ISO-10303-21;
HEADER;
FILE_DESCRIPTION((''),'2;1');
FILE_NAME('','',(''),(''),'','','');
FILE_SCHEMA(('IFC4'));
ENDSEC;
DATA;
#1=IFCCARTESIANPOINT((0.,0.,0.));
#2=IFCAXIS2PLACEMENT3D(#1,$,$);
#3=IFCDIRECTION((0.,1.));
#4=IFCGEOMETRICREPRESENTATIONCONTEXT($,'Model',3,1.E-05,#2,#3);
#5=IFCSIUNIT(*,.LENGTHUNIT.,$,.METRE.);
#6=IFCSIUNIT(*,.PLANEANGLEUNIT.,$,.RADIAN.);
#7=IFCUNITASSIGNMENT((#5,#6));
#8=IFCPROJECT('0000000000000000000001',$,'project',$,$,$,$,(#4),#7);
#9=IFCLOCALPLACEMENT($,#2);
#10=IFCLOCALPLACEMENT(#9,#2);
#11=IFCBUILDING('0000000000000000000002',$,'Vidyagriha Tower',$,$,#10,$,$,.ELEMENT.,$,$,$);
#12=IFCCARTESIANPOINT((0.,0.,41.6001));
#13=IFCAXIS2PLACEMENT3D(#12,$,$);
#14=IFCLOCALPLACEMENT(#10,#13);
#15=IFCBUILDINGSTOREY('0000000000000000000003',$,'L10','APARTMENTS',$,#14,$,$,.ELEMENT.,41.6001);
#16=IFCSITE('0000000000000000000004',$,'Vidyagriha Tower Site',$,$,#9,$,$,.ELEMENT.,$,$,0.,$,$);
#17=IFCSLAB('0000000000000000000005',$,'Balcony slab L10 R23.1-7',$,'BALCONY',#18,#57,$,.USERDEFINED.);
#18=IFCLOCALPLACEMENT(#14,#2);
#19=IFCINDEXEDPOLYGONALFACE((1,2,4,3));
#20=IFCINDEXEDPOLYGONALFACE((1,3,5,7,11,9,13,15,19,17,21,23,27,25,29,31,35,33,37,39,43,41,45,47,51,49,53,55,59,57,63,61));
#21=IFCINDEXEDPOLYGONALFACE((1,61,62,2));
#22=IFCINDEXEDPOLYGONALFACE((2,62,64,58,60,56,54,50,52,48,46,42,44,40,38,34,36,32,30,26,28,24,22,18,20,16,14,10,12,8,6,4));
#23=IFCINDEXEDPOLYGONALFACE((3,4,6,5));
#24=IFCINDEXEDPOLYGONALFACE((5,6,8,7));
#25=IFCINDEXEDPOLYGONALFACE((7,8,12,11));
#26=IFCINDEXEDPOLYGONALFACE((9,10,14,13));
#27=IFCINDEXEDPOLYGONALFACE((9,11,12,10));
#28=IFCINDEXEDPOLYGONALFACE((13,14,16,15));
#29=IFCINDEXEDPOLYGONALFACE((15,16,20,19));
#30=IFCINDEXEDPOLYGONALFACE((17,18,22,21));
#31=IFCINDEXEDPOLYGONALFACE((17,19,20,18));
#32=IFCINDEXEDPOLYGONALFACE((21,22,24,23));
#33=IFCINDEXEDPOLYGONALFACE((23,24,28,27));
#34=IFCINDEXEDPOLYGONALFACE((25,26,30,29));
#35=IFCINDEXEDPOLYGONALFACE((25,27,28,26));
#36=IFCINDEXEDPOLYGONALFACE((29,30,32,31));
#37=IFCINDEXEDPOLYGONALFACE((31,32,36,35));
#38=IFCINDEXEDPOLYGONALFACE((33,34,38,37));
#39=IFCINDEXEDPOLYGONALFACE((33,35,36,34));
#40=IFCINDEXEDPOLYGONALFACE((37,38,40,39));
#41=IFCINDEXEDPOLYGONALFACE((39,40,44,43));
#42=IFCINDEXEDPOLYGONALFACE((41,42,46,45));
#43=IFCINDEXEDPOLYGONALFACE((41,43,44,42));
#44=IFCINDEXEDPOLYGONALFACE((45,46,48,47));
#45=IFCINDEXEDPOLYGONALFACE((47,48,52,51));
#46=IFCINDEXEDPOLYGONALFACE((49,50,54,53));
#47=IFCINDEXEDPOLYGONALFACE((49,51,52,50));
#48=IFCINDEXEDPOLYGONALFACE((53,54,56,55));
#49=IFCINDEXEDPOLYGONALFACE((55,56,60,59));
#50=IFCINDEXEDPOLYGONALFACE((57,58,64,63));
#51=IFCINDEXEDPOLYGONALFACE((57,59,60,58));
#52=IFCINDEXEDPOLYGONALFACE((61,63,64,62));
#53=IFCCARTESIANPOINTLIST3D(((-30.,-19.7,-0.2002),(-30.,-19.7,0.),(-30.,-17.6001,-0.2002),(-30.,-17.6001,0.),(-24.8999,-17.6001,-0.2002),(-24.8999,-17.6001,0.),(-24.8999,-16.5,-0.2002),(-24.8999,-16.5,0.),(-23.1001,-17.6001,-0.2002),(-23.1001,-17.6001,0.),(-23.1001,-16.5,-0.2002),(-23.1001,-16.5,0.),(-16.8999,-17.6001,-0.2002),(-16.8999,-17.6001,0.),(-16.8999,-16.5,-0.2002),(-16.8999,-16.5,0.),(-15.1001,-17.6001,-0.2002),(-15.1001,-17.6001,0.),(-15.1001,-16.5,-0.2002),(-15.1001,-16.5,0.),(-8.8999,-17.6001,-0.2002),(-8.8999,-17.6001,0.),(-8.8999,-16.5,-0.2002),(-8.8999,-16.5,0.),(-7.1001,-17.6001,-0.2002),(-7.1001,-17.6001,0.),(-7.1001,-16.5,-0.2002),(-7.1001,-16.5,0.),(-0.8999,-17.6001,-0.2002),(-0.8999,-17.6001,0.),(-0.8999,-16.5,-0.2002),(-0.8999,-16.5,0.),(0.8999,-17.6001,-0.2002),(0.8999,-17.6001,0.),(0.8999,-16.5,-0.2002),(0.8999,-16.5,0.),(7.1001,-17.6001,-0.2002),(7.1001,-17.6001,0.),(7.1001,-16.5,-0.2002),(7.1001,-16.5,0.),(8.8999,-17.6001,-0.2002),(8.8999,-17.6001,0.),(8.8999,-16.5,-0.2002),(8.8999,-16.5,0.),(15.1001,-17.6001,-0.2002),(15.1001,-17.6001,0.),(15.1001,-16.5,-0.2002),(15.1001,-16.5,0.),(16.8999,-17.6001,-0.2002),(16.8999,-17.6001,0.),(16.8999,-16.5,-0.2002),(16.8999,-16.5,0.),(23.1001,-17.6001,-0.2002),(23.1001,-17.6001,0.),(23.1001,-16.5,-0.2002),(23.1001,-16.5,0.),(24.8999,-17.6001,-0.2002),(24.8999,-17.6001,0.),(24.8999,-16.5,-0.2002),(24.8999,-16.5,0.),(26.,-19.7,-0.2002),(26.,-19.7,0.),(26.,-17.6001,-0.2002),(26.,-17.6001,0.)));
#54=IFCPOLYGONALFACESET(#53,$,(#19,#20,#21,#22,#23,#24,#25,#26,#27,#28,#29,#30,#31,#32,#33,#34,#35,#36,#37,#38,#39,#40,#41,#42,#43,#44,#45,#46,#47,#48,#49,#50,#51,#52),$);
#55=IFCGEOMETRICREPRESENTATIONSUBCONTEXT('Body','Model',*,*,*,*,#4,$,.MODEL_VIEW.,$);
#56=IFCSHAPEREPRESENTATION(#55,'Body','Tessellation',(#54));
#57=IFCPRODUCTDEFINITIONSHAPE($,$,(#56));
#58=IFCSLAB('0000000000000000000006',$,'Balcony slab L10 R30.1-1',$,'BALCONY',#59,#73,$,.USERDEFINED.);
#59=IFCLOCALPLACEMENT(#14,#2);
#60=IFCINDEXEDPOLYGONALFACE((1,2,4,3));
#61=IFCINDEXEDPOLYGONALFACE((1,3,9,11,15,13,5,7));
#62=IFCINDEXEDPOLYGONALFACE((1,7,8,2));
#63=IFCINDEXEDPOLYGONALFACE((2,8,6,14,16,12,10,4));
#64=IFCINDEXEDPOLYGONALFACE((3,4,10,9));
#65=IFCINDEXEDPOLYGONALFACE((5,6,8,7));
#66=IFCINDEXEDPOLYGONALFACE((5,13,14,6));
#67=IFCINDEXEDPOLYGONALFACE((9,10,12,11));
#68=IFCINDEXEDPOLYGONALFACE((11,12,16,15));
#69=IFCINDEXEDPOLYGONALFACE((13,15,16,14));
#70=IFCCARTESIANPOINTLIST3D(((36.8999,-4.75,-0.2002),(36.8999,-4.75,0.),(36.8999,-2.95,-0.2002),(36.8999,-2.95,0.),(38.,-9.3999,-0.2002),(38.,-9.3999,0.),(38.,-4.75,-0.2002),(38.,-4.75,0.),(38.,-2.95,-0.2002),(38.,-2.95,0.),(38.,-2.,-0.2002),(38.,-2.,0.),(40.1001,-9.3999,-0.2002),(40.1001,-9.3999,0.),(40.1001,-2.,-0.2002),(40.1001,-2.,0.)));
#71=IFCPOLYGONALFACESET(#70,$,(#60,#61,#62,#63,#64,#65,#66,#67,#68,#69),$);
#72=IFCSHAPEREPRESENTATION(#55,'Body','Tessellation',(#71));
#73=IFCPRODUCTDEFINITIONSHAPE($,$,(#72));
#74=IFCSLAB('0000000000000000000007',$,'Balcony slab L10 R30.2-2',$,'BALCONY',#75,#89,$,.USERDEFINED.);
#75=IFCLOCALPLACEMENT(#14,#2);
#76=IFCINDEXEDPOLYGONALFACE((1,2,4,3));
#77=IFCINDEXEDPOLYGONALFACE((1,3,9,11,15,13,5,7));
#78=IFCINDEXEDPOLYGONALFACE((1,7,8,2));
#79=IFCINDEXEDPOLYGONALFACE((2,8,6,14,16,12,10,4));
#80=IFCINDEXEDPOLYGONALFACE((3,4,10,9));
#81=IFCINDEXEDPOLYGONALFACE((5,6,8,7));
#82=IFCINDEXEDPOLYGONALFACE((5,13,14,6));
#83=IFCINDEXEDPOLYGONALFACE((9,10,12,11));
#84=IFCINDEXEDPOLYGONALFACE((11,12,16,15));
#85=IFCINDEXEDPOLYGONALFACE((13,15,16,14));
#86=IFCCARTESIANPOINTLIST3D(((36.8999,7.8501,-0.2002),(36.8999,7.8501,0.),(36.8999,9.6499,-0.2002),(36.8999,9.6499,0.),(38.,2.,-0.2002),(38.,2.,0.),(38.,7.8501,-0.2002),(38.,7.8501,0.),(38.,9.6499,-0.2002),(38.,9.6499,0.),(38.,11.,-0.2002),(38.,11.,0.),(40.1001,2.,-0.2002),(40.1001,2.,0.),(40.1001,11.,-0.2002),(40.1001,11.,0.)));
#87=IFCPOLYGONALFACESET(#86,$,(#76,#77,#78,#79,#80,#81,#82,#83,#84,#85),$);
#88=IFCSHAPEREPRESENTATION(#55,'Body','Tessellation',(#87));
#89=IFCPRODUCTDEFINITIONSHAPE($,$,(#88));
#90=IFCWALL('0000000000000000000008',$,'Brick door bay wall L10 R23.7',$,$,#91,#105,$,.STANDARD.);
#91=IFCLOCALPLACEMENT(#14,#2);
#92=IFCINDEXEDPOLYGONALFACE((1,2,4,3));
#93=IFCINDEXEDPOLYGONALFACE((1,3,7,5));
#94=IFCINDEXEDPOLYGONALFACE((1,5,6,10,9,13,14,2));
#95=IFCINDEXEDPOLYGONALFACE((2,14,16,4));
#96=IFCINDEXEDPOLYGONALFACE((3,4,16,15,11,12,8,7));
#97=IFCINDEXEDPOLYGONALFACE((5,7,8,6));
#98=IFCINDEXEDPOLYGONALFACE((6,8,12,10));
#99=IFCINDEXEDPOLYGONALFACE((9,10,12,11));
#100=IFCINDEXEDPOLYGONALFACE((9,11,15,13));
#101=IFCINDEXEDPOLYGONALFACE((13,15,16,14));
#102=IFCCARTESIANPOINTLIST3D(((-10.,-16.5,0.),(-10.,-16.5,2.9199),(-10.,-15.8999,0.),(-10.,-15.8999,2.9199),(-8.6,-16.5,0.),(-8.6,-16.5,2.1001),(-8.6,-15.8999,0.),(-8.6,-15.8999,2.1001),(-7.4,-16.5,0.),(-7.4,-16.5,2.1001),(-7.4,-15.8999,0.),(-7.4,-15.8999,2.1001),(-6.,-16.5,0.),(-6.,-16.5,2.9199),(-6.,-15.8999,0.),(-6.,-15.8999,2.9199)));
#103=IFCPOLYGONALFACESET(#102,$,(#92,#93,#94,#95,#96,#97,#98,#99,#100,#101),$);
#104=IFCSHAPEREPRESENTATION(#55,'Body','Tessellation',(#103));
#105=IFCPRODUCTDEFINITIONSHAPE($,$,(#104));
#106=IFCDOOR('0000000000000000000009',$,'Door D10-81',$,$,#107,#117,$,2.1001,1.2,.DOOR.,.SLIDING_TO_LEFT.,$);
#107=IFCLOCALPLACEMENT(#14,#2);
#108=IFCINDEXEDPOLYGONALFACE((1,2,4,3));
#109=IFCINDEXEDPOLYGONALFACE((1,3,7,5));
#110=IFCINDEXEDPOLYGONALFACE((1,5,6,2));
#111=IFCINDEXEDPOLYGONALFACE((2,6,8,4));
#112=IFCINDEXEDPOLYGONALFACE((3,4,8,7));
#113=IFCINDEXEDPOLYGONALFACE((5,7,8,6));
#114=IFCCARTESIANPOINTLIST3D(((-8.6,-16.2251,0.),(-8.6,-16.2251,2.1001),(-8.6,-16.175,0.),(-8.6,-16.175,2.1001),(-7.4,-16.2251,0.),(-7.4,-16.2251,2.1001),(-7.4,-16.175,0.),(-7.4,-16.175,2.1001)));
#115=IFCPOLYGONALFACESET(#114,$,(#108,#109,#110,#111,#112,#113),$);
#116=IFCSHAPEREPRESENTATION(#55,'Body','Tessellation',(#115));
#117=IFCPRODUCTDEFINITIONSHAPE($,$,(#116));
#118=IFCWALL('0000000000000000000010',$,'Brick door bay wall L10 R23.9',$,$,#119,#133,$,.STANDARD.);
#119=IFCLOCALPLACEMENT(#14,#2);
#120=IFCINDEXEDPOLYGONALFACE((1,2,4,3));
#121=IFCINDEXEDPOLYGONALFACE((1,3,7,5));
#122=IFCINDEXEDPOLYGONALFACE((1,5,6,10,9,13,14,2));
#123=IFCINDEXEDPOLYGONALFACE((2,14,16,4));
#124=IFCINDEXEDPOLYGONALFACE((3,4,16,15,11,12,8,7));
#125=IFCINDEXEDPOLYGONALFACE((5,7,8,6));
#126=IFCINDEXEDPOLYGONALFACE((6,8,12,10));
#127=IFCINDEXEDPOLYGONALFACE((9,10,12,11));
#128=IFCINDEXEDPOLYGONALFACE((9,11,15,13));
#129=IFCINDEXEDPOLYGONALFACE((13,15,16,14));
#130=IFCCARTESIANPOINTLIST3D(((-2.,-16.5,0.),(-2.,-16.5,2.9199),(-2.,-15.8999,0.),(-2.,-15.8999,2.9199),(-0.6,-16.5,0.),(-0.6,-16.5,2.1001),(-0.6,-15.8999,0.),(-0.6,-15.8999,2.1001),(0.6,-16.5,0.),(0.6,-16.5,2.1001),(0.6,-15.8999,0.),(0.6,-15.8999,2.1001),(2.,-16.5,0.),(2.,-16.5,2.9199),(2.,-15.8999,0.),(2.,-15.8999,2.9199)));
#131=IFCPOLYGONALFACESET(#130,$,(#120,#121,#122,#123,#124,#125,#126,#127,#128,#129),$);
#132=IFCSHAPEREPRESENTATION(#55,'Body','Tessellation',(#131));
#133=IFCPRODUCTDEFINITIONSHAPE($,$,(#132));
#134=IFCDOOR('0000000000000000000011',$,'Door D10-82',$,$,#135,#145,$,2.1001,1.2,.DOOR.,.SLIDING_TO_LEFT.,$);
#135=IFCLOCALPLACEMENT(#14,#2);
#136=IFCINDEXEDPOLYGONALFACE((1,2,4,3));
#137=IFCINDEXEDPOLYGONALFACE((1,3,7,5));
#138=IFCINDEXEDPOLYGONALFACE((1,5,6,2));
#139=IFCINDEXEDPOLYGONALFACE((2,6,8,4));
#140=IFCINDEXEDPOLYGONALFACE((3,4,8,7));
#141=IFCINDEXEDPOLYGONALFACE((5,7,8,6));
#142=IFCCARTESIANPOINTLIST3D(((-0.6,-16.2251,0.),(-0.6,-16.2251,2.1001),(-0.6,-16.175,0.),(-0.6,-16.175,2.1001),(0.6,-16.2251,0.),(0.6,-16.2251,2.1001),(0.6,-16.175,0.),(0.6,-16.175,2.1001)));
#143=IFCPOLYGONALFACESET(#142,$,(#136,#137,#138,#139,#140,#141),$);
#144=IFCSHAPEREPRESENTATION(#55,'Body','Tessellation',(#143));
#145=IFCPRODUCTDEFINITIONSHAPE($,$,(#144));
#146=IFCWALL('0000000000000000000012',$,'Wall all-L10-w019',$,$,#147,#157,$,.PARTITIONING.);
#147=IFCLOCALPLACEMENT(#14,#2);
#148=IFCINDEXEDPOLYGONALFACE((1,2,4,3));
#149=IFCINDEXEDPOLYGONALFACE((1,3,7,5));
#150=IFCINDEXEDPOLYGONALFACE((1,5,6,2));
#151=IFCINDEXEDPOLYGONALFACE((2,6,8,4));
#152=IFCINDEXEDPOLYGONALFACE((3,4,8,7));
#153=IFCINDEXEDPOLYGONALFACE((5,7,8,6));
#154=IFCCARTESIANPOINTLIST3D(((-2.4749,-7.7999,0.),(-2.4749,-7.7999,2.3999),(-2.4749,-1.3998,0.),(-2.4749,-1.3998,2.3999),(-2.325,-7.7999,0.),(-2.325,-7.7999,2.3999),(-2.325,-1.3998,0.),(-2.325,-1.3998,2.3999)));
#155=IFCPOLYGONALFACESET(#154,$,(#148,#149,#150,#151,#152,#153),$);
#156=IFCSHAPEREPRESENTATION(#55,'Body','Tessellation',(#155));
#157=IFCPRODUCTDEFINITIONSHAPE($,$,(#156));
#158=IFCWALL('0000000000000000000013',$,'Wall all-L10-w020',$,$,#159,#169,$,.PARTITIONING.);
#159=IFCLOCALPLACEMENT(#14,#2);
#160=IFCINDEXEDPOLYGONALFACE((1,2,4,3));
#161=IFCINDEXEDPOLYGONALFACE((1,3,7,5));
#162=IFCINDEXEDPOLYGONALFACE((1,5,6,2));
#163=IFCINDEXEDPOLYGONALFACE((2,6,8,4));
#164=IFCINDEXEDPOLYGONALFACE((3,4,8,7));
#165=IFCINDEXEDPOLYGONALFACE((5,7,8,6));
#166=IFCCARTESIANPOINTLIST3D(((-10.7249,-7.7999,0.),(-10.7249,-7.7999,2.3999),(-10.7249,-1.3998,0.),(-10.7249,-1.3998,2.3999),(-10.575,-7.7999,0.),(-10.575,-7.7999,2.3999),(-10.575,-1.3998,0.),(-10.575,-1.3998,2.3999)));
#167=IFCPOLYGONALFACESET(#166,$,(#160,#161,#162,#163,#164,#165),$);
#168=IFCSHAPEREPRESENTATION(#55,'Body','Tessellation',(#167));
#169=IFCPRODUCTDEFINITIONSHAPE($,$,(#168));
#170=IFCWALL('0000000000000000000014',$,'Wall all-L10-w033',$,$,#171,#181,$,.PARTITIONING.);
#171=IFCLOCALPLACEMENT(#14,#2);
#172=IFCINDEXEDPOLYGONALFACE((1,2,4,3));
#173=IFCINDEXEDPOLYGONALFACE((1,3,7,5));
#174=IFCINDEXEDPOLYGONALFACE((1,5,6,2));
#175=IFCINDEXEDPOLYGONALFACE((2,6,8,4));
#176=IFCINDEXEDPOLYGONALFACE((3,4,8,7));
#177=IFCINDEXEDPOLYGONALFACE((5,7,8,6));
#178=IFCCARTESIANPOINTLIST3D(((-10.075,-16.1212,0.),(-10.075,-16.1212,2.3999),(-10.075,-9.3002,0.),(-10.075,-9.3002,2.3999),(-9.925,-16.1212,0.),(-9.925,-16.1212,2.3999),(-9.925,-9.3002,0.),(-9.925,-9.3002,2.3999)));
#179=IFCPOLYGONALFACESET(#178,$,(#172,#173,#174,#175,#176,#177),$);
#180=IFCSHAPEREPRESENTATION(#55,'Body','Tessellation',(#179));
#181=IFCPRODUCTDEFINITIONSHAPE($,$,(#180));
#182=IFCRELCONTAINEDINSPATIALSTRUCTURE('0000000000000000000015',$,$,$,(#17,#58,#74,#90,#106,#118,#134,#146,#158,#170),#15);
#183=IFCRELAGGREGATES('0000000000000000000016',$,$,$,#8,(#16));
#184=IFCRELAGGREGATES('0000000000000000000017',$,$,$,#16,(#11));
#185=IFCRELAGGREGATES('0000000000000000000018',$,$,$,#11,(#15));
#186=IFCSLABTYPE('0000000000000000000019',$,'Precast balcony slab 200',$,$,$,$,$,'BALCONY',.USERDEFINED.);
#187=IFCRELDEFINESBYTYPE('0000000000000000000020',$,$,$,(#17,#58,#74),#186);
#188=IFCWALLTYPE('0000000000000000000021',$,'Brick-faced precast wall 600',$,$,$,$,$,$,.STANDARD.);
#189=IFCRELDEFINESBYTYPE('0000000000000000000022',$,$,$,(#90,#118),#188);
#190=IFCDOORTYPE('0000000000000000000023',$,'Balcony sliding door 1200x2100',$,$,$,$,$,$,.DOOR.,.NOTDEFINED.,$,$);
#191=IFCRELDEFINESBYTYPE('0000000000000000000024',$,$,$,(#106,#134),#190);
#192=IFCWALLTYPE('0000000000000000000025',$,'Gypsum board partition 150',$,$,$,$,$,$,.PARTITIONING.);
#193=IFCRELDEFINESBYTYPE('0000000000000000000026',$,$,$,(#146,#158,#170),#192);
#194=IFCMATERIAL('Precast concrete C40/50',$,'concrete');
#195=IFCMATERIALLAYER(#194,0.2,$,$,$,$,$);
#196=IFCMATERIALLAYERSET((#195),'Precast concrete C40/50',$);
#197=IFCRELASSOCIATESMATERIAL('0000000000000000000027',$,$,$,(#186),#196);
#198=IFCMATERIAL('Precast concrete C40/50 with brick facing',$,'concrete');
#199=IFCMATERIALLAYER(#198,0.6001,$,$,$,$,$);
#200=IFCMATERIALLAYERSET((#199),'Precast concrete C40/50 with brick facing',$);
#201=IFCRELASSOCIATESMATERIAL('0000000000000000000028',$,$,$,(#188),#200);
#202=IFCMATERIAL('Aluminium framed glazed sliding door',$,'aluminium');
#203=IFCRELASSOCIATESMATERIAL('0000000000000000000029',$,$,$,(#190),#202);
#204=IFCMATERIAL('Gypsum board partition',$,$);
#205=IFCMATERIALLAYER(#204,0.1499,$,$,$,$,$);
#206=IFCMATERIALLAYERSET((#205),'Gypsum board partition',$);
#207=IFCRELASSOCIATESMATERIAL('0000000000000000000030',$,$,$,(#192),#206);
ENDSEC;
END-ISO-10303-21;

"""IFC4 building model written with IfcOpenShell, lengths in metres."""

from ifc_helpers import new_model, si_unit, direction, frame, frame_2d, origin, place, context, subcontext, project, spatial, polyline, rectangle, outline, extrude, material, layer, layer_set, type_object, element, fill, save


model = new_model("IFC4")

# Units and contexts
model_context = context("Model", 3, precision=1e-05, world=origin(), true_north=direction((0.0, 1.0)))
body_context = subcontext(model_context, "Body", "Model", "MODEL_VIEW")
ifc_project = project(units=[si_unit("LENGTHUNIT", "METRE"), si_unit("PLANEANGLEUNIT", "RADIAN")], contexts=[model_context])

# Site, building, storey
site_placement = place(None, origin())
site = spatial("IfcSite", under=ifc_project, at=site_placement, Name="Vidyagriha Tower Site", CompositionType="ELEMENT", RefElevation=0.0)
building_placement = place(site_placement, origin())
building = spatial("IfcBuilding", under=site, at=building_placement, Name="Vidyagriha Tower", CompositionType="ELEMENT")
storey_placement = place(building_placement, frame((0.0, 0.0, 41.6001)))
storey = spatial("IfcBuildingStorey", under=building, at=storey_placement, Name="L10", Description="APARTMENTS", CompositionType="ELEMENT", Elevation=41.6001)

# Slabs
ifc_material_1 = material(Name="Precast concrete C40/50", Category="concrete")
ifc_layer_1 = layer(ifc_material_1, 0.2)
ifc_layer_set_1 = layer_set([ifc_layer_1], Name="Precast concrete C40/50")
slab_type_1 = type_object("IfcSlabType", Name="Precast balcony slab 200", ElementType="BALCONY", PredefinedType="USERDEFINED", material=ifc_layer_set_1)
slab_1_placement = place(storey_placement, frame((0.0, 0.0, -0.2002)))
element("IfcSlab", 1, at=slab_1_placement, inside=storey, type_object=slab_type_1, Name="Balcony slab L10 R23.1-7", ObjectType="BALCONY", PredefinedType="USERDEFINED", context=body_context, shape_type="SweptSolid", body=[
    extrude(outline(polyline([(-23.1001, -16.5), (-24.8999, -16.5), (-24.8999, -17.6001), (-30.0, -17.6001), (-30.0, -19.7), (26.0, -19.7), (26.0, -17.6001), (24.8999, -17.6001), (24.8999, -16.5), (23.1001, -16.5), (23.1001, -17.6001), (16.8999, -17.6001), (16.8999, -16.5), (15.1001, -16.5), (15.1001, -17.6001), (8.8999, -17.6001), (8.8999, -16.5), (7.1001, -16.5), (7.1001, -17.6001), (0.8999, -17.6001), (0.8999, -16.5), (-0.8999, -16.5), (-0.8999, -17.6001), (-7.1001, -17.6001), (-7.1001, -16.5), (-8.8999, -16.5), (-8.8999, -17.6001), (-15.1001, -17.6001), (-15.1001, -16.5), (-16.8999, -16.5), (-16.8999, -17.6001), (-23.1001, -17.6001), (-23.1001, -16.5)])), origin(), (0.0, 0.0, 1.0), 0.2002),
])
slab_2_placement = place(storey_placement, frame((0.0, 0.0, -0.2002)))
element("IfcSlab", 2, at=slab_2_placement, inside=storey, type_object=slab_type_1, Name="Balcony slab L10 R30.1-1", ObjectType="BALCONY", PredefinedType="USERDEFINED", context=body_context, shape_type="SweptSolid", body=[
    extrude(outline(polyline([(38.0, -4.75), (38.0, -9.3999), (40.1001, -9.3999), (40.1001, -2.0), (38.0, -2.0), (38.0, -2.95), (36.8999, -2.95), (36.8999, -4.75), (38.0, -4.75)])), origin(), (0.0, 0.0, 1.0), 0.2002),
])
slab_3_placement = place(storey_placement, frame((0.0, 0.0, -0.2002)))
element("IfcSlab", 3, at=slab_3_placement, inside=storey, type_object=slab_type_1, Name="Balcony slab L10 R30.2-2", ObjectType="BALCONY", PredefinedType="USERDEFINED", context=body_context, shape_type="SweptSolid", body=[
    extrude(outline(polyline([(38.0, 7.8501), (38.0, 2.0), (40.1001, 2.0), (40.1001, 11.0), (38.0, 11.0), (38.0, 9.6499), (36.8999, 9.6499), (36.8999, 7.8501), (38.0, 7.8501)])), origin(), (0.0, 0.0, 1.0), 0.2002),
])

# Walls, openings, doors
ifc_material_2 = material(Name="Precast concrete C40/50 with brick facing", Category="concrete")
ifc_layer_2 = layer(ifc_material_2, 0.6001)
ifc_layer_set_2 = layer_set([ifc_layer_2], Name="Precast concrete C40/50 with brick facing")
wall_type_1 = type_object("IfcWallType", Name="Brick-faced precast wall 600", PredefinedType="STANDARD", material=ifc_layer_set_2)
wall_1_placement = place(storey_placement, frame((-10.0, -16.2, 0.0)))
wall_1 = element("IfcWall", 4, at=wall_1_placement, inside=storey, type_object=wall_type_1, Name="Brick door bay wall L10 R23.7", PredefinedType="STANDARD", context=body_context, shape_type="SweptSolid", body=[
    extrude(rectangle(XDim=4.0, YDim=0.6001, at=frame_2d((2.0, 0.0))), origin(), (0.0, 0.0, 1.0), 2.9199),
])
opening_1_placement = place(wall_1_placement, frame((1.3999, 0.0, 0.0)))
opening_1 = element("IfcOpeningElement", 5, at=opening_1_placement, cuts=wall_1, PredefinedType="OPENING", context=body_context, shape_type="SweptSolid", body=[
    extrude(rectangle(XDim=1.2, YDim=2.1001, at=frame_2d((0.6001, 1.05))), frame((0.0, 0.3101, 0.0), z_axis=(0.0, -1.0, 0.0), x_axis=(1.0, 0.0, 0.0)), (0.0, 0.0, 1.0), 0.6201),
])
ifc_material_3 = material(Name="Aluminium framed glazed sliding door", Category="aluminium")
door_type_1 = type_object("IfcDoorType", Name="Balcony sliding door 1200x2100", OperationType="NOTDEFINED", PredefinedType="DOOR", material=ifc_material_3)
door_1_placement = place(opening_1_placement, origin())
door_1 = element("IfcDoor", 6, at=door_1_placement, inside=storey, type_object=door_type_1, Name="Door D10-81", OperationType="SLIDING_TO_LEFT", OverallHeight=2.1001, OverallWidth=1.2, PredefinedType="DOOR", context=body_context, shape_type="SweptSolid", body=[
    extrude(rectangle(XDim=1.2, YDim=2.1001, at=frame_2d((0.6001, 1.05))), frame((0.0, 0.0249, 0.0), z_axis=(0.0, -1.0, 0.0), x_axis=(1.0, 0.0, 0.0)), (0.0, 0.0, 1.0), 0.05),
])
fill(opening_1, door_1)
wall_2_placement = place(storey_placement, frame((-2.0, -16.2, 0.0)))
wall_2 = element("IfcWall", 7, at=wall_2_placement, inside=storey, type_object=wall_type_1, Name="Brick door bay wall L10 R23.9", PredefinedType="STANDARD", context=body_context, shape_type="SweptSolid", body=[
    extrude(rectangle(XDim=4.0, YDim=0.6001, at=frame_2d((2.0, 0.0))), origin(), (0.0, 0.0, 1.0), 2.9199),
])
opening_2_placement = place(wall_2_placement, frame((1.3999, 0.0, 0.0)))
opening_2 = element("IfcOpeningElement", 8, at=opening_2_placement, cuts=wall_2, PredefinedType="OPENING", context=body_context, shape_type="SweptSolid", body=[
    extrude(rectangle(XDim=1.2, YDim=2.1001, at=frame_2d((0.6001, 1.05))), frame((0.0, 0.3101, 0.0), z_axis=(0.0, -1.0, 0.0), x_axis=(1.0, 0.0, 0.0)), (0.0, 0.0, 1.0), 0.6201),
])
door_2_placement = place(opening_2_placement, origin())
door_2 = element("IfcDoor", 9, at=door_2_placement, inside=storey, type_object=door_type_1, Name="Door D10-82", OperationType="SLIDING_TO_LEFT", OverallHeight=2.1001, OverallWidth=1.2, PredefinedType="DOOR", context=body_context, shape_type="SweptSolid", body=[
    extrude(rectangle(XDim=1.2, YDim=2.1001, at=frame_2d((0.6001, 1.05))), frame((0.0, 0.0249, 0.0), z_axis=(0.0, -1.0, 0.0), x_axis=(1.0, 0.0, 0.0)), (0.0, 0.0, 1.0), 0.05),
])
fill(opening_2, door_2)

# Walls
ifc_material_4 = material(Name="Gypsum board partition")
ifc_layer_3 = layer(ifc_material_4, 0.1499)
ifc_layer_set_3 = layer_set([ifc_layer_3], Name="Gypsum board partition")
wall_type_2 = type_object("IfcWallType", Name="Gypsum board partition 150", PredefinedType="PARTITIONING", material=ifc_layer_set_3)
for number, where, z_axis, x_axis, name in (
    (10, (-2.3999, -7.8, 0.0), (0.0, 0.0, 1.0), (0.0, 1.0, 0.0), "Wall all-L10-w019"),
    (11, (-10.6499, -7.8, 0.0), (0.0, 0.0, 1.0), (0.0, 1.0, 0.0), "Wall all-L10-w020"),
):
    element("IfcWall", number, at=place(storey_placement, frame(where, z_axis=z_axis, x_axis=x_axis)), inside=storey, type_object=wall_type_2, Name=name, PredefinedType="PARTITIONING", context=body_context, shape_type="SweptSolid", body=[
        extrude(rectangle(XDim=6.4001, YDim=0.1499, at=frame_2d((3.2002, 0.0))), origin(), (0.0, 0.0, 1.0), 2.3999),
    ])
wall_3_placement = place(storey_placement, frame((-10.0, -9.3, 0.0), z_axis=(0.0, 0.0, 1.0), x_axis=(0.0, -1.0, 0.0)))
element("IfcWall", 12, at=wall_3_placement, inside=storey, type_object=wall_type_2, Name="Wall all-L10-w033", PredefinedType="PARTITIONING", context=body_context, shape_type="SweptSolid", body=[
    extrude(rectangle(XDim=6.821, YDim=0.1499, at=frame_2d((3.4106, 0.0))), origin(), (0.0, 0.0, 1.0), 2.3999),
])

save(model, "model.ifc")
